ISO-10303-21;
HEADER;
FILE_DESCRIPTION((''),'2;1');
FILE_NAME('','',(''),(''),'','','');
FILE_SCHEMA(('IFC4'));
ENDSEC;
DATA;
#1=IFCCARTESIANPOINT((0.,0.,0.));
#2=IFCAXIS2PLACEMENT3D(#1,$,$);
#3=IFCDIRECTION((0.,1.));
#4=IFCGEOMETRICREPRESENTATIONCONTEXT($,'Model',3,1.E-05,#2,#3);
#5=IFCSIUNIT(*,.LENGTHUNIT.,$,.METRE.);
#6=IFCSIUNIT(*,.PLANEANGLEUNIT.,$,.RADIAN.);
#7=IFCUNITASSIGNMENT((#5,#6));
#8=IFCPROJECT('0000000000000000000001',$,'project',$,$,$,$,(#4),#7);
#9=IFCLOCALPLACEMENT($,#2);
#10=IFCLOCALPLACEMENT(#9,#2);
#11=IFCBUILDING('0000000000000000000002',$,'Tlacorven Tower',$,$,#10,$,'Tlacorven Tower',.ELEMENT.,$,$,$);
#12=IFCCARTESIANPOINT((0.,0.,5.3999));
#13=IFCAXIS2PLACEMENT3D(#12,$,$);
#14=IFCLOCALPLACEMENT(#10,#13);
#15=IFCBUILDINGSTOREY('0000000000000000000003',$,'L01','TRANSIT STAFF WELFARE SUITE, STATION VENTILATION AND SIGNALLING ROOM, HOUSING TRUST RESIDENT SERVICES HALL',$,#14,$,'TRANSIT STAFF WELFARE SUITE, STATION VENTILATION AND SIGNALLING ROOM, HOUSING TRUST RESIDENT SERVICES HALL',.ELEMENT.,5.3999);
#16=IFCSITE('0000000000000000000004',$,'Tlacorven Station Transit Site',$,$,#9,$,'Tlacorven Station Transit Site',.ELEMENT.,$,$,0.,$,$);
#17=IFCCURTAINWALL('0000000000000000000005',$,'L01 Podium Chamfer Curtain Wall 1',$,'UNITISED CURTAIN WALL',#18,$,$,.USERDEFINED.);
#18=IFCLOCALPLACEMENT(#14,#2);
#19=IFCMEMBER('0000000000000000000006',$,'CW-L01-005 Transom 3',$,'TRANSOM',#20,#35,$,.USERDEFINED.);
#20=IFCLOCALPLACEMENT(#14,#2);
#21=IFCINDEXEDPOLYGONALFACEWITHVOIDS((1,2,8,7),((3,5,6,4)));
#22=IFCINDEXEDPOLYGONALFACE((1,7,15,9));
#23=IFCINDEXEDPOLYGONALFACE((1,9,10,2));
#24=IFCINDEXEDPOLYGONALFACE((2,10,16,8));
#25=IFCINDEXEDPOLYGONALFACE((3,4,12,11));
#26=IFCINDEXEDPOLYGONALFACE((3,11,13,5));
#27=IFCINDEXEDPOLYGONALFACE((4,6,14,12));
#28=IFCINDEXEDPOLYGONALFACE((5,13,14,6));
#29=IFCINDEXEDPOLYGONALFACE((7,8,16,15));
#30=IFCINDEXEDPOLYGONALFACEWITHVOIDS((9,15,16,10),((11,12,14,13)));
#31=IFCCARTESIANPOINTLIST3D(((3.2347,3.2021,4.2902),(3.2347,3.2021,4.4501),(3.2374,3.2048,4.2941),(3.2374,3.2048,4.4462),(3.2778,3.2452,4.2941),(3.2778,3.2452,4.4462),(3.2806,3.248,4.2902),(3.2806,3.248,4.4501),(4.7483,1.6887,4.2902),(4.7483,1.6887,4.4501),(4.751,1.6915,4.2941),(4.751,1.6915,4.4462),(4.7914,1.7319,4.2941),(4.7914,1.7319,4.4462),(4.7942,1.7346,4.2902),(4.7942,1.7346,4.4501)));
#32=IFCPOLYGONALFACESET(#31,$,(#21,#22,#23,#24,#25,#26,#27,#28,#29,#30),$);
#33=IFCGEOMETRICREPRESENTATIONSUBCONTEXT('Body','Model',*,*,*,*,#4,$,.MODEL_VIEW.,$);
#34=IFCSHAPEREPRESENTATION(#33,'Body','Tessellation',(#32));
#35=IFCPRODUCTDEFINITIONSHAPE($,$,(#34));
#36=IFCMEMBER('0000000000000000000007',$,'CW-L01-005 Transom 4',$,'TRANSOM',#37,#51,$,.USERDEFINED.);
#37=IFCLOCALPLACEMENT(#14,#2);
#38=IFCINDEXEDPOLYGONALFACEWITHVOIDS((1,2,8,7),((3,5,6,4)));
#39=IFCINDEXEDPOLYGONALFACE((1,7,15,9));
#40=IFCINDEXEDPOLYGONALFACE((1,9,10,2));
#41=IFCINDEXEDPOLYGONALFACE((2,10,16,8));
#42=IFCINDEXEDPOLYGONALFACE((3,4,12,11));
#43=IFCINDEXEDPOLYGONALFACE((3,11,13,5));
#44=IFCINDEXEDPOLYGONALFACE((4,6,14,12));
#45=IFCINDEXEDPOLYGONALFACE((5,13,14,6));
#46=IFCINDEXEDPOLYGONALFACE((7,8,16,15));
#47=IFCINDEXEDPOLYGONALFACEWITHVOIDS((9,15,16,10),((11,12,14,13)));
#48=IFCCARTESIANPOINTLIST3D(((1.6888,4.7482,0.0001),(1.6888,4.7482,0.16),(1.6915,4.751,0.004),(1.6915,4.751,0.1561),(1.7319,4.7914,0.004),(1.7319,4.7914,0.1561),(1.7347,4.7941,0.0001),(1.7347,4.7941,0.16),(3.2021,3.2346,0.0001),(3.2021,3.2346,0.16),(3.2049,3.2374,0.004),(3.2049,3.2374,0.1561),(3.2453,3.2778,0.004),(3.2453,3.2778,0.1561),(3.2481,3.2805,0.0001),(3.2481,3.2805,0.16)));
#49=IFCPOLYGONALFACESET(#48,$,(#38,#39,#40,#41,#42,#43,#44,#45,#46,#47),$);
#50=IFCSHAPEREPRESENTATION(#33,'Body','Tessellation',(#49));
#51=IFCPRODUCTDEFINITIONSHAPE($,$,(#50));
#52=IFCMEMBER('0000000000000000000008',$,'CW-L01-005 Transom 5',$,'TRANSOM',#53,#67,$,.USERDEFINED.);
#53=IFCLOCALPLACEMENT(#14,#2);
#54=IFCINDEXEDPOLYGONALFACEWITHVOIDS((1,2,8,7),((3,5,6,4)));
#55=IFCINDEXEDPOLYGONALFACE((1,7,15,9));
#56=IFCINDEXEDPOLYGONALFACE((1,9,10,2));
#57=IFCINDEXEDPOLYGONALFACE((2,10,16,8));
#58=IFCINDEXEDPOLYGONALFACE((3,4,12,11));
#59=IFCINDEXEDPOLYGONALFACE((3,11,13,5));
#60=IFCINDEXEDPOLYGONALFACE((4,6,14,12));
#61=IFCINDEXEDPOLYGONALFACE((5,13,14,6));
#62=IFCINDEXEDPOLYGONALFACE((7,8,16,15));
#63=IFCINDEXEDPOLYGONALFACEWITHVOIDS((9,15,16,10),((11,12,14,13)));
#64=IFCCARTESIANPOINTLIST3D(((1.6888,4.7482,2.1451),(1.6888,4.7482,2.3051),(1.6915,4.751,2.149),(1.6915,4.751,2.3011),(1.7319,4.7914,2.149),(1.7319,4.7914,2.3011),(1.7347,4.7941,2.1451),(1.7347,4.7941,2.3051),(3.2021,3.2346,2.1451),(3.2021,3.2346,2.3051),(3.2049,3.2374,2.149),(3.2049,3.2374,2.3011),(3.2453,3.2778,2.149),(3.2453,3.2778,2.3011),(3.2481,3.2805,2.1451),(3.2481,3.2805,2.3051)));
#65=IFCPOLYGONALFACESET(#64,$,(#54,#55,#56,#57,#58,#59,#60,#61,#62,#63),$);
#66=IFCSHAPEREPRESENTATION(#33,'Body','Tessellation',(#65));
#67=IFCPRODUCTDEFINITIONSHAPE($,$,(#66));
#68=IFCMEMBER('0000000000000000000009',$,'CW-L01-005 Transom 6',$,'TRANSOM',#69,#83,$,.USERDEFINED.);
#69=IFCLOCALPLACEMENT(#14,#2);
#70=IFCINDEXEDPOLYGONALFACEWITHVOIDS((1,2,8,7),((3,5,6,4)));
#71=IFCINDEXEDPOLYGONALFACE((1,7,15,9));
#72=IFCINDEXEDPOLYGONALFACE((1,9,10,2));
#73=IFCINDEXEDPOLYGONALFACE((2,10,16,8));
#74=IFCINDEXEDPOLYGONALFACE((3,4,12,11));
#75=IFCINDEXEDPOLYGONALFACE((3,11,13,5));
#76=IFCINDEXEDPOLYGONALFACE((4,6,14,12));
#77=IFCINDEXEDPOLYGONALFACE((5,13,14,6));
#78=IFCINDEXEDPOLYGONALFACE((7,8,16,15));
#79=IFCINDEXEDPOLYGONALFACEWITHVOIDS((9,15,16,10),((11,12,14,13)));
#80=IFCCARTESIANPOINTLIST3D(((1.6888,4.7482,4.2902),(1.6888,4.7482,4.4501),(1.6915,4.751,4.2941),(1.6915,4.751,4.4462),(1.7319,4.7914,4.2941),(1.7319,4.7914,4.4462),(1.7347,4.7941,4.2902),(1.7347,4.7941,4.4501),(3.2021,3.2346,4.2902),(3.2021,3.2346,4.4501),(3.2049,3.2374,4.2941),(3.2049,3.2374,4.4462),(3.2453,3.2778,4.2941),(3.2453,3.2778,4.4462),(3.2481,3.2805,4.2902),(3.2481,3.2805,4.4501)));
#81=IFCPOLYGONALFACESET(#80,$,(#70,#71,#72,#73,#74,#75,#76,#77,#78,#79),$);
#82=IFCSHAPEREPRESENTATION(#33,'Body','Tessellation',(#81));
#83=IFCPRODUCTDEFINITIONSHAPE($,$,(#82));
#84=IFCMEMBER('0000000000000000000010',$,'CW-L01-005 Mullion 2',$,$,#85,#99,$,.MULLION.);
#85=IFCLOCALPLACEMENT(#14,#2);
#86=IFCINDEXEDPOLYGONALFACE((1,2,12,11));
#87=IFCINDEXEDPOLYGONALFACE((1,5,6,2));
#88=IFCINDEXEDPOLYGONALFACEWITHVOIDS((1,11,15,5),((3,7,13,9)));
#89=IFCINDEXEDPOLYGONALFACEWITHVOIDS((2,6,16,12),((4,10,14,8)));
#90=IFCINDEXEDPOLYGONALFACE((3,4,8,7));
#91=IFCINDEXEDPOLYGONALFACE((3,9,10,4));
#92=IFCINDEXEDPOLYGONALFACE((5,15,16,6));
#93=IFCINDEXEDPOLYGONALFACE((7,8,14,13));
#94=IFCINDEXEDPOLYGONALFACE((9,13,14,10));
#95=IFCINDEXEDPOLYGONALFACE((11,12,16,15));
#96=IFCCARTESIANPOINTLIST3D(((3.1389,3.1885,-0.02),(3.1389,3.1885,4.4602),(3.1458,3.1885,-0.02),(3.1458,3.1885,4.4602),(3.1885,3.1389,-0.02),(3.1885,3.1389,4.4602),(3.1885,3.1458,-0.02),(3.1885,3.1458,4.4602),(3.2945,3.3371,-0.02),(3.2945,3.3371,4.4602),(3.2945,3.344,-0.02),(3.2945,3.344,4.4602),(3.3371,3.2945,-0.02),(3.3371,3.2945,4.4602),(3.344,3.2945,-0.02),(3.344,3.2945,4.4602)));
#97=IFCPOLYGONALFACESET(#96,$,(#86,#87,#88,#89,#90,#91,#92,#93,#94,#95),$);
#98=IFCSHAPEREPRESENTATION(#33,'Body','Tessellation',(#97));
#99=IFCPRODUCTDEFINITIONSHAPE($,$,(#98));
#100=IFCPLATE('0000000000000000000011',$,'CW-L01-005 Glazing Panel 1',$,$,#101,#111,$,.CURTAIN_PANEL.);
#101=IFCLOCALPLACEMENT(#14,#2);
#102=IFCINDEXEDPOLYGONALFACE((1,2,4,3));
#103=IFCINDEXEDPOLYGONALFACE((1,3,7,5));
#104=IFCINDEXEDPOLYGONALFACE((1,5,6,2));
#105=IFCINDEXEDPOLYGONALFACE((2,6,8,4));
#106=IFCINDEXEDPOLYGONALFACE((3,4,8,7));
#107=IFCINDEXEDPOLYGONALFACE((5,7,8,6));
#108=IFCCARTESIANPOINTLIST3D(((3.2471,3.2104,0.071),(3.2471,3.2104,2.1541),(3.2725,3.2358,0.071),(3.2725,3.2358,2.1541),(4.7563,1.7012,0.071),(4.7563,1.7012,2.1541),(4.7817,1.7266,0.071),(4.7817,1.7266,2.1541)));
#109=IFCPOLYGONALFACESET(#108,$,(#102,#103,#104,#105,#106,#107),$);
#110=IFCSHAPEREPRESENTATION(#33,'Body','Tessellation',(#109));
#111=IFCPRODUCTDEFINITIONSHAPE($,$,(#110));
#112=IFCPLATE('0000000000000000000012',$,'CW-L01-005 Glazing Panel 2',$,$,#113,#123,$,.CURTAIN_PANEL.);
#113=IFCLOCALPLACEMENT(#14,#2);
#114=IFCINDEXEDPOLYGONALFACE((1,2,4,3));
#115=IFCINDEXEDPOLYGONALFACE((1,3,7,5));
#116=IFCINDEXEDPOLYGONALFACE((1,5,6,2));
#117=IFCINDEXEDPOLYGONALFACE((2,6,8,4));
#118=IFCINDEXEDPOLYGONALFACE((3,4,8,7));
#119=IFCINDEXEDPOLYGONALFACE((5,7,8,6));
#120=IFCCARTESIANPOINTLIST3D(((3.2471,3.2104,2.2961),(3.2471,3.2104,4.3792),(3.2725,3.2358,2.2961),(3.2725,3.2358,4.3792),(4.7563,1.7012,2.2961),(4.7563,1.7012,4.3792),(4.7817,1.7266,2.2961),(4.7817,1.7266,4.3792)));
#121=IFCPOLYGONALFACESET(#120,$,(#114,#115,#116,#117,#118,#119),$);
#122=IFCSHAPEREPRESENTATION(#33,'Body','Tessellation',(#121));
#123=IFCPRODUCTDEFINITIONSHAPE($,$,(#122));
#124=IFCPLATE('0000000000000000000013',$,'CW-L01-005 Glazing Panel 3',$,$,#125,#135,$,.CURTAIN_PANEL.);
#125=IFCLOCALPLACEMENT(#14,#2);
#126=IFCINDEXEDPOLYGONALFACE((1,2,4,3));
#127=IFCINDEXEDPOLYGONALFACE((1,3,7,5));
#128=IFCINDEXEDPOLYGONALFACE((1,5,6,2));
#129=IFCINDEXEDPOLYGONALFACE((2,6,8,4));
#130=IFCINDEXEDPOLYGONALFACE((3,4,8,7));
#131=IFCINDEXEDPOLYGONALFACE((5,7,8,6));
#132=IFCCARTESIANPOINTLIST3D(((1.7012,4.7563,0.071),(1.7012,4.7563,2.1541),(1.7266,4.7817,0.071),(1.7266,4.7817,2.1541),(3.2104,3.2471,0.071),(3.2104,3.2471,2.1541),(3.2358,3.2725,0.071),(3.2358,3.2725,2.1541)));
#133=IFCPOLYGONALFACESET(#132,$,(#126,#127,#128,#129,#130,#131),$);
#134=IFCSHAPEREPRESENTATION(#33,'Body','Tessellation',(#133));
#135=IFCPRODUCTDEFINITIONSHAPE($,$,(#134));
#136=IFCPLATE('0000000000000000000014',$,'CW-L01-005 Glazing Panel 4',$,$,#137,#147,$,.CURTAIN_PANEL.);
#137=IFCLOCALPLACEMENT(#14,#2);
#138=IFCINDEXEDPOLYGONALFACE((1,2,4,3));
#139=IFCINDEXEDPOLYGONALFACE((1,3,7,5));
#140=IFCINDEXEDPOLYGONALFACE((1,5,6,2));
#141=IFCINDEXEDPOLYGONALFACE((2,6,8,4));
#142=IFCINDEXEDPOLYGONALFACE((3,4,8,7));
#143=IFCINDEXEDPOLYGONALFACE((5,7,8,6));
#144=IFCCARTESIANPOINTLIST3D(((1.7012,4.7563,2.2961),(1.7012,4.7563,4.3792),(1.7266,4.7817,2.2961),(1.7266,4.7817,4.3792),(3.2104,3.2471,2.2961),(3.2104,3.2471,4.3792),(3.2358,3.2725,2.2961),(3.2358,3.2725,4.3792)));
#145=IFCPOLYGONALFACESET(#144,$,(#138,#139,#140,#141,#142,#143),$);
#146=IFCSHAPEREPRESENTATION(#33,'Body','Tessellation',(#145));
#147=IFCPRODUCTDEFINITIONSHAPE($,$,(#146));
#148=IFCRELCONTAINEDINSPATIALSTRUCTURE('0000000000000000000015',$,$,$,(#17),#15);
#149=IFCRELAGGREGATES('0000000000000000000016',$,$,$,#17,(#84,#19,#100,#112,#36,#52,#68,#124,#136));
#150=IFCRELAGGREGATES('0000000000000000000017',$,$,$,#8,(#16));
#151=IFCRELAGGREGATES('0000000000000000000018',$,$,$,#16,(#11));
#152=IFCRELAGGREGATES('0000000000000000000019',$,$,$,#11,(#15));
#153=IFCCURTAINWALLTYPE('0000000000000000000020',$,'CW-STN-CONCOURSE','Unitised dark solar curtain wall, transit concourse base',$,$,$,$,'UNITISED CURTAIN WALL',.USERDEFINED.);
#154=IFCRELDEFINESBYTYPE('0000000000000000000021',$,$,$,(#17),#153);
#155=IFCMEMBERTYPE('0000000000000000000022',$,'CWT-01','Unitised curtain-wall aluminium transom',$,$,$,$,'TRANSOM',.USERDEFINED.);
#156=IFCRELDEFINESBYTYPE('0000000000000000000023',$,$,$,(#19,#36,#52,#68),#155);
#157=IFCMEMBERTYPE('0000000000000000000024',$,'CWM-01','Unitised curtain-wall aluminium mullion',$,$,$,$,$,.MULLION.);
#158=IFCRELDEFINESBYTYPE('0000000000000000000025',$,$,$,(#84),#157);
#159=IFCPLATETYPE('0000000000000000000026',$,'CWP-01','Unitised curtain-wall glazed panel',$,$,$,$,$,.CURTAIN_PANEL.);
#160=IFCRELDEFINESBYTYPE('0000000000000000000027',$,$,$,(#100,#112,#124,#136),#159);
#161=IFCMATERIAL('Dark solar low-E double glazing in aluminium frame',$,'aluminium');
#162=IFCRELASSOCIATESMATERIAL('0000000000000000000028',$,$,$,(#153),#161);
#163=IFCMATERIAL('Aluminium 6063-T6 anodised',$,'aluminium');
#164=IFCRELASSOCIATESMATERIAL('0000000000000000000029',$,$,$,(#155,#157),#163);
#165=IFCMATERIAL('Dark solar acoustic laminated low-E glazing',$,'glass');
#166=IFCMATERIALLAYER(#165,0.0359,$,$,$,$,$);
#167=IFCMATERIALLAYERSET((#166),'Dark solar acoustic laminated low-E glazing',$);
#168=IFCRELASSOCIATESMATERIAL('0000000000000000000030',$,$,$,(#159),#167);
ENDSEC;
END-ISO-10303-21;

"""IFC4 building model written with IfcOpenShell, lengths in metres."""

from ifc_helpers import new_model, si_unit, direction, frame, origin, origin_2d, place, context, subcontext, project, spatial, rectangle, hollow_rectangle, extrude, source, transform, mapped, material, layer, layer_set, material_profile, profile_set, type_object, element, aggregate, save


model = new_model("IFC4")

# Units and contexts
model_context = context("Model", 3, precision=1e-05, world=origin(), true_north=direction((0.0, 1.0)))
body_context = subcontext(model_context, "Body", "Model", "MODEL_VIEW")
ifc_project = project(units=[si_unit("LENGTHUNIT", "METRE"), si_unit("PLANEANGLEUNIT", "RADIAN")], contexts=[model_context])

# Site, building, storey
site_placement = place(None, origin())
site = spatial("IfcSite", under=ifc_project, at=site_placement, Name="Tlacorven Station Transit Site", LongName="Tlacorven Station Transit Site", CompositionType="ELEMENT", RefElevation=0.0)
building_placement = place(site_placement, origin())
building = spatial("IfcBuilding", under=site, at=building_placement, Name="Tlacorven Tower", LongName="Tlacorven Tower", CompositionType="ELEMENT")
storey_placement = place(building_placement, frame((0.0, 0.0, 5.3999)))
storey = spatial("IfcBuildingStorey", under=building, at=storey_placement, Name="L01", Description="TRANSIT STAFF WELFARE SUITE, STATION VENTILATION AND SIGNALLING ROOM, HOUSING TRUST RESIDENT SERVICES HALL", LongName="TRANSIT STAFF WELFARE SUITE, STATION VENTILATION AND SIGNALLING ROOM, HOUSING TRUST RESIDENT SERVICES HALL", CompositionType="ELEMENT", Elevation=5.3999)

# Curtain wall, members, plates
ifc_material_1 = material(Name="Dark solar low-E double glazing in aluminium frame", Category="aluminium")
curtain_wall_type = type_object("IfcCurtainWallType", Name="CW-STN-CONCOURSE", Description="Unitised dark solar curtain wall, transit concourse base", ElementType="UNITISED CURTAIN WALL", PredefinedType="USERDEFINED", material=ifc_material_1)
curtain_wall_placement = place(storey_placement, origin())
curtain_wall = element("IfcCurtainWall", 1, at=curtain_wall_placement, inside=storey, type_object=curtain_wall_type, Name="L01 Podium Chamfer Curtain Wall 1", ObjectType="UNITISED CURTAIN WALL", PredefinedType="USERDEFINED")
ifc_material_2 = material(Name="Aluminium 6063-T6 anodised", Category="aluminium")
ifc_material_profile_1 = material_profile(ifc_material_2, hollow_rectangle(XDim=0.0649, YDim=0.1599, WallThickness=0.0039, at=origin_2d()), Name="ALU TRANSOM 65X160")
ifc_profile_set_1 = profile_set([ifc_material_profile_1], Name="Aluminium 6063-T6 anodised")
member_type_1 = type_object("IfcMemberType", Name="CWT-01", Description="Unitised curtain-wall aluminium transom", ElementType="TRANSOM", PredefinedType="USERDEFINED", material=ifc_profile_set_1)
shared_shape_1 = source(origin(), body_context, "Body", "SweptSolid", [
    extrude(hollow_rectangle(XDim=0.0649, YDim=0.1599, WallThickness=0.0039, at=origin_2d()), origin(), (0.0, 0.0, 1.0), 2.1404),
])
member_1_placement = place(storey_placement, frame((4.7712, 1.7117, 4.3701), z_axis=(-0.707164, 0.70705, 0.0), x_axis=(-0.70705, -0.707164, 0.0)))
member_1 = element("IfcMember", 2, at=member_1_placement, type_object=member_type_1, Name="CW-L01-005 Transom 3", ObjectType="TRANSOM", PredefinedType="USERDEFINED", context=body_context, shape_type="MappedRepresentation", body=[
    mapped(shared_shape_1, transform((0.0, 0.0, 0.0), scale=1.0)),
])
member_2_placement = place(storey_placement, frame((3.2251, 3.2576, 0.0801), z_axis=(-0.70705, 0.707164, 0.0), x_axis=(-0.707164, -0.70705, 0.0)))
member_2 = element("IfcMember", 3, at=member_2_placement, type_object=member_type_1, Name="CW-L01-005 Transom 4", ObjectType="TRANSOM", PredefinedType="USERDEFINED", context=body_context, shape_type="MappedRepresentation", body=[
    mapped(shared_shape_1, transform((0.0, 0.0, 0.0), scale=1.0)),
])
member_3_placement = place(storey_placement, frame((3.2251, 3.2576, 2.2251), z_axis=(-0.70705, 0.707164, 0.0), x_axis=(-0.707164, -0.70705, 0.0)))
member_3 = element("IfcMember", 4, at=member_3_placement, type_object=member_type_1, Name="CW-L01-005 Transom 5", ObjectType="TRANSOM", PredefinedType="USERDEFINED", context=body_context, shape_type="MappedRepresentation", body=[
    mapped(shared_shape_1, transform((0.0, 0.0, 0.0), scale=1.0)),
])
member_4_placement = place(storey_placement, frame((3.2251, 3.2576, 4.3701), z_axis=(-0.70705, 0.707164, 0.0), x_axis=(-0.707164, -0.70705, 0.0)))
member_4 = element("IfcMember", 5, at=member_4_placement, type_object=member_type_1, Name="CW-L01-005 Transom 6", ObjectType="TRANSOM", PredefinedType="USERDEFINED", context=body_context, shape_type="MappedRepresentation", body=[
    mapped(shared_shape_1, transform((0.0, 0.0, 0.0), scale=1.0)),
])
ifc_material_profile_2 = material_profile(ifc_material_2, hollow_rectangle(XDim=0.0701, YDim=0.22, WallThickness=0.0049, at=origin_2d()), Name="ALU MULLION 70X220")
ifc_profile_set_2 = profile_set([ifc_material_profile_2], Name="Aluminium 6063-T6 anodised")
member_type_2 = type_object("IfcMemberType", Name="CWM-01", Description="Unitised curtain-wall aluminium mullion", PredefinedType="MULLION", material=ifc_profile_set_2)
shared_shape_2 = source(origin(), body_context, "Body", "SweptSolid", [
    extrude(hollow_rectangle(XDim=0.0701, YDim=0.22, WallThickness=0.0049, at=origin_2d()), origin(), (0.0, 0.0, 1.0), 4.4802),
])
member_5_placement = place(storey_placement, frame((3.2415, 3.2415, -0.02), z_axis=(0.0, 0.0, 1.0), x_axis=(-0.707107, 0.707107, 0.0)))
member_5 = element("IfcMember", 6, at=member_5_placement, type_object=member_type_2, Name="CW-L01-005 Mullion 2", PredefinedType="MULLION", context=body_context, shape_type="MappedRepresentation", body=[
    mapped(shared_shape_2, transform((0.0, 0.0, 0.0), scale=1.0)),
])
ifc_material_3 = material(Name="Dark solar acoustic laminated low-E glazing", Category="glass")
ifc_layer = layer(ifc_material_3, 0.0359)
ifc_layer_set = layer_set([ifc_layer], Name="Dark solar acoustic laminated low-E glazing")
plate_type = type_object("IfcPlateType", Name="CWP-01", Description="Unitised curtain-wall glazed panel", PredefinedType="CURTAIN_PANEL", material=ifc_layer_set)
shared_shape_3 = source(origin(), body_context, "Body", "SweptSolid", [
    extrude(rectangle(XDim=2.1343, YDim=0.0359, at=origin_2d()), origin(), (0.0, 0.0, 1.0), 2.083),
])
plate_1_placement = place(storey_placement, frame((4.0144, 2.4685, 0.071), z_axis=(0.0, 0.0, 1.0), x_axis=(-0.707107, 0.707107, 0.0)))
plate_1 = element("IfcPlate", 7, at=plate_1_placement, type_object=plate_type, Name="CW-L01-005 Glazing Panel 1", PredefinedType="CURTAIN_PANEL", context=body_context, shape_type="MappedRepresentation", body=[
    mapped(shared_shape_3, transform((0.0, 0.0, 0.0), scale=1.0)),
])
plate_2_placement = place(storey_placement, frame((4.0144, 2.4685, 2.2961), z_axis=(0.0, 0.0, 1.0), x_axis=(-0.707107, 0.707107, 0.0)))
plate_2 = element("IfcPlate", 8, at=plate_2_placement, type_object=plate_type, Name="CW-L01-005 Glazing Panel 2", PredefinedType="CURTAIN_PANEL", context=body_context, shape_type="MappedRepresentation", body=[
    mapped(shared_shape_3, transform((0.0, 0.0, 0.0), scale=1.0)),
])
plate_3_placement = place(storey_placement, frame((2.4685, 4.0144, 0.071), z_axis=(0.0, 0.0, 1.0), x_axis=(-0.707107, 0.707107, 0.0)))
plate_3 = element("IfcPlate", 9, at=plate_3_placement, type_object=plate_type, Name="CW-L01-005 Glazing Panel 3", PredefinedType="CURTAIN_PANEL", context=body_context, shape_type="MappedRepresentation", body=[
    mapped(shared_shape_3, transform((0.0, 0.0, 0.0), scale=1.0)),
])
plate_4_placement = place(storey_placement, frame((2.4685, 4.0144, 2.2961), z_axis=(0.0, 0.0, 1.0), x_axis=(-0.707107, 0.707107, 0.0)))
plate_4 = element("IfcPlate", 10, at=plate_4_placement, type_object=plate_type, Name="CW-L01-005 Glazing Panel 4", PredefinedType="CURTAIN_PANEL", context=body_context, shape_type="MappedRepresentation", body=[
    mapped(shared_shape_3, transform((0.0, 0.0, 0.0), scale=1.0)),
])
aggregate(curtain_wall, [member_5, member_1, plate_1, plate_2, member_2, member_3, member_4, plate_3, plate_4])

save(model, "model.ifc")
